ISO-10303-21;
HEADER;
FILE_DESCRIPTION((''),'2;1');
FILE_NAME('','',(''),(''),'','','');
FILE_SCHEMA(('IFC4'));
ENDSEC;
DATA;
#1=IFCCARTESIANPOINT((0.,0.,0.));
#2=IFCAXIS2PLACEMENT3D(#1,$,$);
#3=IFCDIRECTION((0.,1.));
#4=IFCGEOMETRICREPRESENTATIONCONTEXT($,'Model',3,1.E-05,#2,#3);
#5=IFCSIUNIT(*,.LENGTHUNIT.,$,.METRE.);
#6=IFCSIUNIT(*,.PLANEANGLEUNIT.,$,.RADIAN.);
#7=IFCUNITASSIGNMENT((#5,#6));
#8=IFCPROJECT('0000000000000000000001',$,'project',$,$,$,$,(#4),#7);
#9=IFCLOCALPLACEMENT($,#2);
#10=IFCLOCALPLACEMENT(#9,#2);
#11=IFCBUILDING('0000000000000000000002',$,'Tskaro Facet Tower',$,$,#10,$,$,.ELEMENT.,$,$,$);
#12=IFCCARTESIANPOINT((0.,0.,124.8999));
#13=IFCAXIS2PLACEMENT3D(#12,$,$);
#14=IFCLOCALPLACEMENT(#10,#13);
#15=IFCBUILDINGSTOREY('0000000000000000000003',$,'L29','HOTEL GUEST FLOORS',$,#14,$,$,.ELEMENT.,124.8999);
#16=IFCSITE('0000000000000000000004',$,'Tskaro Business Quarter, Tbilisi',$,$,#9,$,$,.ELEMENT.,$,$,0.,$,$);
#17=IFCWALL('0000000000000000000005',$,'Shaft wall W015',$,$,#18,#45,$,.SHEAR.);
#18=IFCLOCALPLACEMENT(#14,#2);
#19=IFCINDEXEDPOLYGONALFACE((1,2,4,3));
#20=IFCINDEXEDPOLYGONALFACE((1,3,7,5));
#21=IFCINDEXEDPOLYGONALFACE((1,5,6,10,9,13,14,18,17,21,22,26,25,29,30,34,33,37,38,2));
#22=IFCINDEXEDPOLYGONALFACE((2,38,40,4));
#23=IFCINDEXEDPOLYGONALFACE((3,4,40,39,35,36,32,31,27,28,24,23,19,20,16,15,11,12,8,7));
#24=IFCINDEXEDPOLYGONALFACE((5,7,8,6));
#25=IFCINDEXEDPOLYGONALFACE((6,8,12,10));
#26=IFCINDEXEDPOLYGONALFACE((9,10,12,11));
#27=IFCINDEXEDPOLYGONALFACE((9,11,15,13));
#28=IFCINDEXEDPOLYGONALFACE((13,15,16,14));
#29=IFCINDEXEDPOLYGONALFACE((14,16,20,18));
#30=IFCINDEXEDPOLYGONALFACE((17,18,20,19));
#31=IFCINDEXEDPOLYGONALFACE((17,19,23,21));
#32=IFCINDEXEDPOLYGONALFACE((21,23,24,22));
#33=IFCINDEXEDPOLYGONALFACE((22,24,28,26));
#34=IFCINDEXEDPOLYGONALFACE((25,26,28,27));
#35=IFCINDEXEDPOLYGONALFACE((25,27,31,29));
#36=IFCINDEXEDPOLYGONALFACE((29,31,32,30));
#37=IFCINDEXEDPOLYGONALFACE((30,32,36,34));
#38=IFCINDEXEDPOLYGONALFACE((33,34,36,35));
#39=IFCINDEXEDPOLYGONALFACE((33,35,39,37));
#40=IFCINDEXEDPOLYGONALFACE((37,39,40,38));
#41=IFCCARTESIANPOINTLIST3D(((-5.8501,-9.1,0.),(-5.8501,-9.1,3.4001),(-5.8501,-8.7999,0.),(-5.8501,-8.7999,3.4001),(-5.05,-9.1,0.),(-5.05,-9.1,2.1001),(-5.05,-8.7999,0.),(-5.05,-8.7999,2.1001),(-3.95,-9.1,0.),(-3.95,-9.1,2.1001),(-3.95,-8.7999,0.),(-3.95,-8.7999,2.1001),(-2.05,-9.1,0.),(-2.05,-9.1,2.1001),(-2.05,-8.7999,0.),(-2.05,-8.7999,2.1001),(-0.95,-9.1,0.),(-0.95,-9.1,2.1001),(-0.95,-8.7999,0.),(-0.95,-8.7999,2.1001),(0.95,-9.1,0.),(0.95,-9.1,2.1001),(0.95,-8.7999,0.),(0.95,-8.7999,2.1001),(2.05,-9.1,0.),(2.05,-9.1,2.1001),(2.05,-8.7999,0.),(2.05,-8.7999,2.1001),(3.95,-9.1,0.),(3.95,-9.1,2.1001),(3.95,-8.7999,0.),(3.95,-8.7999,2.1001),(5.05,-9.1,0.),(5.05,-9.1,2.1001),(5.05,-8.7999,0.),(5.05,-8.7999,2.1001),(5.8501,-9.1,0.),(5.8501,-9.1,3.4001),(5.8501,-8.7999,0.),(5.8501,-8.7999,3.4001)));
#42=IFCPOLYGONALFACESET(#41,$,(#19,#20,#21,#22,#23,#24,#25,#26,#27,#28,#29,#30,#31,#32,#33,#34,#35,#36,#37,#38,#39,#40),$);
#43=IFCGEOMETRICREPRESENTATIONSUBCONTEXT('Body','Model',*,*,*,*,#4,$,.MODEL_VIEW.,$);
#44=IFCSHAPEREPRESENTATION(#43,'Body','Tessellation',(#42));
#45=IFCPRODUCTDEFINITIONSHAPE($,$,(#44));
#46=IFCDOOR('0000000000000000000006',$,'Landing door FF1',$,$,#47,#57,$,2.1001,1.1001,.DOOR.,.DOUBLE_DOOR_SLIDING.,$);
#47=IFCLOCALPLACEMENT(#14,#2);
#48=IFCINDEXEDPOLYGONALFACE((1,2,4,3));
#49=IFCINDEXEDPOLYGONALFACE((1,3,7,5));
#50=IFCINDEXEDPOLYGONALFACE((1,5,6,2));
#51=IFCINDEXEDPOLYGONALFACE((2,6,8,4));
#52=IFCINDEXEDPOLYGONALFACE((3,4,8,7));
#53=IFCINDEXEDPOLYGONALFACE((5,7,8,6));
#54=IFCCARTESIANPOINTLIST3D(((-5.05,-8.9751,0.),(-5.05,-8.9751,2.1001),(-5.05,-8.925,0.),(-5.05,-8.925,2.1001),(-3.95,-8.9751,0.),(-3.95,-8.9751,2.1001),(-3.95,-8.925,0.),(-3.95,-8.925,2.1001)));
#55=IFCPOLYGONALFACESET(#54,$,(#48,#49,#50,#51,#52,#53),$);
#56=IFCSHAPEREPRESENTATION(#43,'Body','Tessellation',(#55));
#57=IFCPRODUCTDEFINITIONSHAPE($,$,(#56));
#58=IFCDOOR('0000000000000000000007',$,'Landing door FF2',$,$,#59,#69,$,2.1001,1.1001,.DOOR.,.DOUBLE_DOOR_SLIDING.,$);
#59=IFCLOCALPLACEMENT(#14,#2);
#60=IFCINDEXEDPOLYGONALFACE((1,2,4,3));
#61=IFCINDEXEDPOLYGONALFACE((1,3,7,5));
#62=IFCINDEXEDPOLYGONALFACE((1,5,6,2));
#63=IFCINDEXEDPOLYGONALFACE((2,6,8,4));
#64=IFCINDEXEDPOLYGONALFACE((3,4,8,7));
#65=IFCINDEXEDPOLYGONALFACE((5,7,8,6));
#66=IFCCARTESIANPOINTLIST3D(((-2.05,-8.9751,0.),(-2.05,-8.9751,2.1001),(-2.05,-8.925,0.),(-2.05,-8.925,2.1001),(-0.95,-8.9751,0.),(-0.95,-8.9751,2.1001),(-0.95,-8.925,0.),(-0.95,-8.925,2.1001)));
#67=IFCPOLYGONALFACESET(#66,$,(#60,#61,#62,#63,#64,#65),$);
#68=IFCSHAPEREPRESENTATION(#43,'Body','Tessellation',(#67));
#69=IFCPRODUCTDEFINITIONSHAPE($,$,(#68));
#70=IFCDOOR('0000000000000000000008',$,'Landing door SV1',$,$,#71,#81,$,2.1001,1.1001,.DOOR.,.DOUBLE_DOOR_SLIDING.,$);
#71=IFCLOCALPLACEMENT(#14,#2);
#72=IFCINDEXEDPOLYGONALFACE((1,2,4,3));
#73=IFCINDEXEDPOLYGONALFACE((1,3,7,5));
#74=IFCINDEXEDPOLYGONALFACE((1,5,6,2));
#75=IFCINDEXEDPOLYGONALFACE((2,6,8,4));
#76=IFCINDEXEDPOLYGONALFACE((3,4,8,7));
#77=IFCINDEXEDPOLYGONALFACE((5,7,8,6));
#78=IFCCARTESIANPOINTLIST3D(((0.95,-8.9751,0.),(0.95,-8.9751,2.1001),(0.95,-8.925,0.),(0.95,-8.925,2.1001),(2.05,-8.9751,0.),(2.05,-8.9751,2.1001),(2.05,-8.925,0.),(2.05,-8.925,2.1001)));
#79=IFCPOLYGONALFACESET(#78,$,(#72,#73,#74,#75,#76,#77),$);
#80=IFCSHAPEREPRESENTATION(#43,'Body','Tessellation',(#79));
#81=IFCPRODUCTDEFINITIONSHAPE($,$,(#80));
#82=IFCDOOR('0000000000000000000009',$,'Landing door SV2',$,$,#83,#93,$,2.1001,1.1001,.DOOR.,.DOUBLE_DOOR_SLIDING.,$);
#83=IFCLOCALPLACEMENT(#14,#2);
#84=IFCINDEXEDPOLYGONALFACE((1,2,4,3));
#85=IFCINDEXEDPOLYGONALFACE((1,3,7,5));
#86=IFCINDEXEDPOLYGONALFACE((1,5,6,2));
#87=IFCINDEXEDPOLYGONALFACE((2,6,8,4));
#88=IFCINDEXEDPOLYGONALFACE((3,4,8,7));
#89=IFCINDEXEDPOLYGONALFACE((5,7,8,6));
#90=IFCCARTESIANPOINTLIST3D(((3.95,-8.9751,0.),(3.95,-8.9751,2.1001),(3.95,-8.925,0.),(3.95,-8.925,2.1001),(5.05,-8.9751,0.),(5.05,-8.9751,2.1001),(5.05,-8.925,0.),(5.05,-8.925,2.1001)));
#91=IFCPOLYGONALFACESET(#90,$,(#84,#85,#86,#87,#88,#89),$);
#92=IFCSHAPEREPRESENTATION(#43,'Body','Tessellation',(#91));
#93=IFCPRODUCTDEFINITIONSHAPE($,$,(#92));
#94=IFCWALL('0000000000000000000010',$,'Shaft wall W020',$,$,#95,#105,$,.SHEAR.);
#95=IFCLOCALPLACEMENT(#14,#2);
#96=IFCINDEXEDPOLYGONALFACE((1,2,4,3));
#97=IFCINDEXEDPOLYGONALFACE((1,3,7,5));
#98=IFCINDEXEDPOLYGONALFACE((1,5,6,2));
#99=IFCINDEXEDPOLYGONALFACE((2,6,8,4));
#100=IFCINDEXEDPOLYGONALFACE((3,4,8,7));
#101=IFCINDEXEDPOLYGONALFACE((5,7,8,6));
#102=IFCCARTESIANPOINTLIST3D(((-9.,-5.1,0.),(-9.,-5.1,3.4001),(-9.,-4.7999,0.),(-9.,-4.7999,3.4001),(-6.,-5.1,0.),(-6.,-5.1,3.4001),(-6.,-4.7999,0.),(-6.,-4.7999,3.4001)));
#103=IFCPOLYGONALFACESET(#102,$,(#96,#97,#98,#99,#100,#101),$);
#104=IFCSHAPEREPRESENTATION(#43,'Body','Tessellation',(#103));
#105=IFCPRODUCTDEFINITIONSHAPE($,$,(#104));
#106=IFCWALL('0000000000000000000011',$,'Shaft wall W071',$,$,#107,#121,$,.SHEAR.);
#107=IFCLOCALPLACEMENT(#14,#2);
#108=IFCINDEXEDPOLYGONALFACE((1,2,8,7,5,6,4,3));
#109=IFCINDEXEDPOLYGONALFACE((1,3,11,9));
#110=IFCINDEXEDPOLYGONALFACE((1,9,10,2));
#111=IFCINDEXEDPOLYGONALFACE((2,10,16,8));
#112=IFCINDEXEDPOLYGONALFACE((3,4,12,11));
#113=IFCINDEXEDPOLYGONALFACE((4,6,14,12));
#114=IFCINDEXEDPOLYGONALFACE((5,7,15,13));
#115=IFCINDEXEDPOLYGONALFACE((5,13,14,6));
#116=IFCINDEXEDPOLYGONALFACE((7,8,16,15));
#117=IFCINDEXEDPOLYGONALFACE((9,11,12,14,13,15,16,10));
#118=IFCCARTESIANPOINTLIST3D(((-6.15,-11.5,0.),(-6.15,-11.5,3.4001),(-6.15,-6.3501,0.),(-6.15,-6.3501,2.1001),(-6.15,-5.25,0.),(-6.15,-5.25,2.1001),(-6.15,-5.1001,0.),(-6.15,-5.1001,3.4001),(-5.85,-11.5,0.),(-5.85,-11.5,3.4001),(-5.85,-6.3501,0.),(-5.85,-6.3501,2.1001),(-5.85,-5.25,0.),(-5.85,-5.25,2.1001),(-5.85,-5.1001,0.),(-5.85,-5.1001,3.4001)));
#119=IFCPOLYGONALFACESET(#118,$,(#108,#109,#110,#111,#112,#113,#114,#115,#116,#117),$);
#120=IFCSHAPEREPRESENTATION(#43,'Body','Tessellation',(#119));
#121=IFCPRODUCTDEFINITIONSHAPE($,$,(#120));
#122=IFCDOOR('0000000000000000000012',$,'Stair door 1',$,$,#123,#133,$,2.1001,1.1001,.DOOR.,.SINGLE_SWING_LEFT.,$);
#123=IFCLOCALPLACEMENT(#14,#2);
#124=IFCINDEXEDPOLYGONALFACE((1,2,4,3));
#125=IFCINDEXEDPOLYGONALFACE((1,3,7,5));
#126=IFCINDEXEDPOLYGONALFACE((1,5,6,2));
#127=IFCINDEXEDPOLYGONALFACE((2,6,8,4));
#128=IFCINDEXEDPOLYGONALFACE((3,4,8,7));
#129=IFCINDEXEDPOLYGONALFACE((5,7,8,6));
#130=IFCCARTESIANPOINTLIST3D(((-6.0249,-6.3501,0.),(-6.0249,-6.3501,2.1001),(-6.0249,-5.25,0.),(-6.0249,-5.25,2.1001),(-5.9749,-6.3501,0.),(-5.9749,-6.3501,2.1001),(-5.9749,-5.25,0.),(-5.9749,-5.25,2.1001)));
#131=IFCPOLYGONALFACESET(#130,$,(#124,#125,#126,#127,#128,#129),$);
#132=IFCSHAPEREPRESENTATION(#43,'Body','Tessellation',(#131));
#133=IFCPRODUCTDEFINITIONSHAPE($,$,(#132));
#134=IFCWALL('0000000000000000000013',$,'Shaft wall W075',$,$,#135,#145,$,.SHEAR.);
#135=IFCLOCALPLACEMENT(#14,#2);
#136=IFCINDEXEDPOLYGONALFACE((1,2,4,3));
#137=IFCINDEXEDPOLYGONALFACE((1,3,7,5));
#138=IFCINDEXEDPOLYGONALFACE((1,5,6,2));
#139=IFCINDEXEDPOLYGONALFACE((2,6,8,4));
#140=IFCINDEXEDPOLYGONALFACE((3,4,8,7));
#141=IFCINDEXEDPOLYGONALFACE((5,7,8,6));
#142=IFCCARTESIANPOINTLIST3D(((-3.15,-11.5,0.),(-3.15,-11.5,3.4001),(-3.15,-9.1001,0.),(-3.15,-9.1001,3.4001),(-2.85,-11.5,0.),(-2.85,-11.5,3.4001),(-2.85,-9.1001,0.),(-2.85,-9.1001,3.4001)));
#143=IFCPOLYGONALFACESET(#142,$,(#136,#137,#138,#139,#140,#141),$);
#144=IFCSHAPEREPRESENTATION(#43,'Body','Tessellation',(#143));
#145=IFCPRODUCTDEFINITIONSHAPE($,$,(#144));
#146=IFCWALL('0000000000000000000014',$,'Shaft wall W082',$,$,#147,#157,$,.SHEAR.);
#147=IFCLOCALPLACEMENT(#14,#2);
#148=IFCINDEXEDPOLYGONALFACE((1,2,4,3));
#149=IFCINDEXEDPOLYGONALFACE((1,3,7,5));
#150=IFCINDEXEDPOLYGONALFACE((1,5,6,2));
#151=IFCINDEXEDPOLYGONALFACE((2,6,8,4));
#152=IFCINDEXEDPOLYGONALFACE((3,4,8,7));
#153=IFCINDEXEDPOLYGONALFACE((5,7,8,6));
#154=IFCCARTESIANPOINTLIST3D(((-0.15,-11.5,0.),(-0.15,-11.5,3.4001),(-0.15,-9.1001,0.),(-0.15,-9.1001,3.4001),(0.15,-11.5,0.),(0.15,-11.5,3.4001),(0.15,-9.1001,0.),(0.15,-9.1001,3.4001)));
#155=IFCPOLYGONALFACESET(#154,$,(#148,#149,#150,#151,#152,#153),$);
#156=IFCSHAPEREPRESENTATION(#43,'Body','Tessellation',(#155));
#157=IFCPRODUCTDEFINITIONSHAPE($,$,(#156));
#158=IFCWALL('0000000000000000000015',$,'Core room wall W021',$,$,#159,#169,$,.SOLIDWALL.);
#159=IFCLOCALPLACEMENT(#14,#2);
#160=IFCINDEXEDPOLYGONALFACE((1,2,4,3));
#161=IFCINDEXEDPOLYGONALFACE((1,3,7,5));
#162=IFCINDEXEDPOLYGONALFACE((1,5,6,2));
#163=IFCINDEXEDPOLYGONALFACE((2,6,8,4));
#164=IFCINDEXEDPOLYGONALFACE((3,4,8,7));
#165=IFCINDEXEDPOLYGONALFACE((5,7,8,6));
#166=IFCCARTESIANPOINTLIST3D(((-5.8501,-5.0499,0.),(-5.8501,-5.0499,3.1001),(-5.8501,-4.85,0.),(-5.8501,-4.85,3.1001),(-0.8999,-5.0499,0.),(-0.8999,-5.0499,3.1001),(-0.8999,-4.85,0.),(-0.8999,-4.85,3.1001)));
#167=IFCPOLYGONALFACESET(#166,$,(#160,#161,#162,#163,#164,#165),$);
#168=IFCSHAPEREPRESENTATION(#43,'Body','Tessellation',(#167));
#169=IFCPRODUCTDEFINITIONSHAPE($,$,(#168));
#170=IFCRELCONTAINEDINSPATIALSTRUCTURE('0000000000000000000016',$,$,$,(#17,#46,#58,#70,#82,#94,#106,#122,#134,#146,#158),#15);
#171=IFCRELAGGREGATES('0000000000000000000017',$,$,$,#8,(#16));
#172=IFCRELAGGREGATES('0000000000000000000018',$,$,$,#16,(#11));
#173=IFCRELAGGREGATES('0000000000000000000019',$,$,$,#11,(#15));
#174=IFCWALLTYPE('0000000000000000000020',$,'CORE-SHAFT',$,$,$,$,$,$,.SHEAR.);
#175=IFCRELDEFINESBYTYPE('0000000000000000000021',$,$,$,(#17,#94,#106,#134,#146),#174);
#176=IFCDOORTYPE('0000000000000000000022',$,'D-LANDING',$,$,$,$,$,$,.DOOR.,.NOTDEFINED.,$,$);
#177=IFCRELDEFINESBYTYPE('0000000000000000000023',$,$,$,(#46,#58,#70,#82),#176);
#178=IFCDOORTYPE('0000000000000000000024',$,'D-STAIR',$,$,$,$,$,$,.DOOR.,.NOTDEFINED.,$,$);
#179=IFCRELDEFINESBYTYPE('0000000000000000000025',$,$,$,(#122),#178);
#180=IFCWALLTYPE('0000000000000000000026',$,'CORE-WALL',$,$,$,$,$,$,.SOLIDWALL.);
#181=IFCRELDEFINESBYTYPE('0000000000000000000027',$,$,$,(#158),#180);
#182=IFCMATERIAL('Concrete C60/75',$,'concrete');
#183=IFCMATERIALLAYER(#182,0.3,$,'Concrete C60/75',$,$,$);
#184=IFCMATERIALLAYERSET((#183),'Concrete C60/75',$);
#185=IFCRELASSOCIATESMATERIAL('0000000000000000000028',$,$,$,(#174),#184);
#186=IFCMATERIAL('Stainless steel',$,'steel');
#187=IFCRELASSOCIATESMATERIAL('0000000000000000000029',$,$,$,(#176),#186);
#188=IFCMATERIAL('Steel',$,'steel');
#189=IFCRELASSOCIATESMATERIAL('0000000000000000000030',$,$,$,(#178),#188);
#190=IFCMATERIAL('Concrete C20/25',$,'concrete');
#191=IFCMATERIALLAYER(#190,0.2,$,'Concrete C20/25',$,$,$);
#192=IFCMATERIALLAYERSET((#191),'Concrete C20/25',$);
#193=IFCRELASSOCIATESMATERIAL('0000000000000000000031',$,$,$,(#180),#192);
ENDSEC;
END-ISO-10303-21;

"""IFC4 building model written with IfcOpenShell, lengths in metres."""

from ifc_helpers import new_model, si_unit, direction, frame, frame_2d, origin, place, context, subcontext, project, spatial, rectangle, extrude, material, layer, layer_set, type_object, element, fill, save


model = new_model("IFC4")

# Units and contexts
model_context = context("Model", 3, precision=1e-05, world=origin(), true_north=direction((0.0, 1.0)))
body_context = subcontext(model_context, "Body", "Model", "MODEL_VIEW")
ifc_project = project(units=[si_unit("LENGTHUNIT", "METRE"), si_unit("PLANEANGLEUNIT", "RADIAN")], contexts=[model_context])

# Site, building, storey
site_placement = place(None, origin())
site = spatial("IfcSite", under=ifc_project, at=site_placement, Name="Tskaro Business Quarter, Tbilisi", CompositionType="ELEMENT", RefElevation=0.0)
building_placement = place(site_placement, origin())
building = spatial("IfcBuilding", under=site, at=building_placement, Name="Tskaro Facet Tower", CompositionType="ELEMENT")
storey_placement = place(building_placement, frame((0.0, 0.0, 124.8999)))
storey = spatial("IfcBuildingStorey", under=building, at=storey_placement, Name="L29", Description="HOTEL GUEST FLOORS", CompositionType="ELEMENT", Elevation=124.8999)

# Shared definitions
ifc_material_1 = material(Name="Concrete C60/75", Category="concrete")

# Wall, openings, doors
ifc_layer_1 = layer(ifc_material_1, 0.3, Name="Concrete C60/75")
ifc_layer_set_1 = layer_set([ifc_layer_1], Name="Concrete C60/75")
wall_type_1 = type_object("IfcWallType", Name="CORE-SHAFT", PredefinedType="SHEAR", material=ifc_layer_set_1)
wall_1_placement = place(storey_placement, frame((-5.8501, -8.95, 0.0), z_axis=(0.0, 0.0, 1.0), x_axis=(1.0, 0.0, 0.0)))
wall_1 = element("IfcWall", 1, at=wall_1_placement, inside=storey, type_object=wall_type_1, Name="Shaft wall W015", PredefinedType="SHEAR", context=body_context, shape_type="SweptSolid", body=[
    extrude(rectangle(XDim=11.7002, YDim=0.3, at=frame_2d((5.8501, 0.0))), origin(), (0.0, 0.0, 1.0), 3.4001),
])
opening_1_placement = place(wall_1_placement, frame((0.8, 0.0, 0.0)))
opening_1 = element("IfcOpeningElement", 2, at=opening_1_placement, cuts=wall_1, PredefinedType="OPENING", context=body_context, shape_type="SweptSolid", body=[
    extrude(rectangle(XDim=1.1001, YDim=2.1001, at=frame_2d((0.55, 1.05))), frame((0.0, 0.1599, 0.0), z_axis=(0.0, -1.0, 0.0), x_axis=(1.0, 0.0, 0.0)), (0.0, 0.0, 1.0), 0.3201),
])
opening_2_placement = place(wall_1_placement, frame((3.8, 0.0, 0.0)))
opening_2 = element("IfcOpeningElement", 3, at=opening_2_placement, cuts=wall_1, PredefinedType="OPENING", context=body_context, shape_type="SweptSolid", body=[
    extrude(rectangle(XDim=1.1001, YDim=2.1001, at=frame_2d((0.55, 1.05))), frame((0.0, 0.1599, 0.0), z_axis=(0.0, -1.0, 0.0), x_axis=(1.0, 0.0, 0.0)), (0.0, 0.0, 1.0), 0.3201),
])
opening_3_placement = place(wall_1_placement, frame((6.8, 0.0, 0.0)))
opening_3 = element("IfcOpeningElement", 4, at=opening_3_placement, cuts=wall_1, PredefinedType="OPENING", context=body_context, shape_type="SweptSolid", body=[
    extrude(rectangle(XDim=1.1001, YDim=2.1001, at=frame_2d((0.55, 1.05))), frame((0.0, 0.1599, 0.0), z_axis=(0.0, -1.0, 0.0), x_axis=(1.0, 0.0, 0.0)), (0.0, 0.0, 1.0), 0.3201),
])
opening_4_placement = place(wall_1_placement, frame((9.8, 0.0, 0.0)))
opening_4 = element("IfcOpeningElement", 5, at=opening_4_placement, cuts=wall_1, PredefinedType="OPENING", context=body_context, shape_type="SweptSolid", body=[
    extrude(rectangle(XDim=1.1001, YDim=2.1001, at=frame_2d((0.55, 1.05))), frame((0.0, 0.1599, 0.0), z_axis=(0.0, -1.0, 0.0), x_axis=(1.0, 0.0, 0.0)), (0.0, 0.0, 1.0), 0.3201),
])
ifc_material_2 = material(Name="Stainless steel", Category="steel")
door_type_1 = type_object("IfcDoorType", Name="D-LANDING", OperationType="NOTDEFINED", PredefinedType="DOOR", material=ifc_material_2)
door_1_placement = place(opening_1_placement, origin())
door_1 = element("IfcDoor", 6, at=door_1_placement, inside=storey, type_object=door_type_1, Name="Landing door FF1", OperationType="DOUBLE_DOOR_SLIDING", OverallHeight=2.1001, OverallWidth=1.1001, PredefinedType="DOOR", context=body_context, shape_type="SweptSolid", body=[
    extrude(rectangle(XDim=1.1001, YDim=2.1001, at=frame_2d((0.55, 1.05))), frame((0.0, 0.0249, 0.0), z_axis=(0.0, -1.0, 0.0), x_axis=(1.0, 0.0, 0.0)), (0.0, 0.0, 1.0), 0.05),
])
fill(opening_1, door_1)
door_2_placement = place(opening_2_placement, origin())
door_2 = element("IfcDoor", 7, at=door_2_placement, inside=storey, type_object=door_type_1, Name="Landing door FF2", OperationType="DOUBLE_DOOR_SLIDING", OverallHeight=2.1001, OverallWidth=1.1001, PredefinedType="DOOR", context=body_context, shape_type="SweptSolid", body=[
    extrude(rectangle(XDim=1.1001, YDim=2.1001, at=frame_2d((0.55, 1.05))), frame((0.0, 0.0249, 0.0), z_axis=(0.0, -1.0, 0.0), x_axis=(1.0, 0.0, 0.0)), (0.0, 0.0, 1.0), 0.05),
])
fill(opening_2, door_2)
door_3_placement = place(opening_3_placement, origin())
door_3 = element("IfcDoor", 8, at=door_3_placement, inside=storey, type_object=door_type_1, Name="Landing door SV1", OperationType="DOUBLE_DOOR_SLIDING", OverallHeight=2.1001, OverallWidth=1.1001, PredefinedType="DOOR", context=body_context, shape_type="SweptSolid", body=[
    extrude(rectangle(XDim=1.1001, YDim=2.1001, at=frame_2d((0.55, 1.05))), frame((0.0, 0.0249, 0.0), z_axis=(0.0, -1.0, 0.0), x_axis=(1.0, 0.0, 0.0)), (0.0, 0.0, 1.0), 0.05),
])
fill(opening_3, door_3)
door_4_placement = place(opening_4_placement, origin())
door_4 = element("IfcDoor", 9, at=door_4_placement, inside=storey, type_object=door_type_1, Name="Landing door SV2", OperationType="DOUBLE_DOOR_SLIDING", OverallHeight=2.1001, OverallWidth=1.1001, PredefinedType="DOOR", context=body_context, shape_type="SweptSolid", body=[
    extrude(rectangle(XDim=1.1001, YDim=2.1001, at=frame_2d((0.55, 1.05))), frame((0.0, 0.0249, 0.0), z_axis=(0.0, -1.0, 0.0), x_axis=(1.0, 0.0, 0.0)), (0.0, 0.0, 1.0), 0.05),
])
fill(opening_4, door_4)

# Wall
wall_2_placement = place(storey_placement, frame((-9.0, -4.95, 0.0), z_axis=(0.0, 0.0, 1.0), x_axis=(1.0, 0.0, 0.0)))
element("IfcWall", 10, at=wall_2_placement, inside=storey, type_object=wall_type_1, Name="Shaft wall W020", PredefinedType="SHEAR", context=body_context, shape_type="SweptSolid", body=[
    extrude(rectangle(XDim=3.0, YDim=0.3, at=frame_2d((1.5, 0.0))), origin(), (0.0, 0.0, 1.0), 3.4001),
])

# Wall, opening, door
wall_3_placement = place(storey_placement, frame((-6.0, -11.5, 0.0), z_axis=(0.0, 0.0, 1.0), x_axis=(0.0, 1.0, 0.0)))
wall_3 = element("IfcWall", 11, at=wall_3_placement, inside=storey, type_object=wall_type_1, Name="Shaft wall W071", PredefinedType="SHEAR", context=body_context, shape_type="SweptSolid", body=[
    extrude(rectangle(XDim=6.3999, YDim=0.3, at=frame_2d((3.2, 0.0))), origin(), (0.0, 0.0, 1.0), 3.4001),
])
opening_5_placement = place(wall_3_placement, frame((5.1499, 0.0, 0.0)))
opening_5 = element("IfcOpeningElement", 12, at=opening_5_placement, cuts=wall_3, PredefinedType="OPENING", context=body_context, shape_type="SweptSolid", body=[
    extrude(rectangle(XDim=1.1001, YDim=2.1001, at=frame_2d((0.55, 1.05))), frame((0.0, 0.1599, 0.0), z_axis=(0.0, -1.0, 0.0), x_axis=(1.0, 0.0, 0.0)), (0.0, 0.0, 1.0), 0.3201),
])
ifc_material_3 = material(Name="Steel", Category="steel")
door_type_2 = type_object("IfcDoorType", Name="D-STAIR", OperationType="NOTDEFINED", PredefinedType="DOOR", material=ifc_material_3)
door_5_placement = place(opening_5_placement, origin())
door_5 = element("IfcDoor", 13, at=door_5_placement, inside=storey, type_object=door_type_2, Name="Stair door 1", OperationType="SINGLE_SWING_LEFT", OverallHeight=2.1001, OverallWidth=1.1001, PredefinedType="DOOR", context=body_context, shape_type="SweptSolid", body=[
    extrude(rectangle(XDim=1.1001, YDim=2.1001, at=frame_2d((0.55, 1.05))), frame((0.0, 0.0249, 0.0), z_axis=(0.0, -1.0, 0.0), x_axis=(1.0, 0.0, 0.0)), (0.0, 0.0, 1.0), 0.05),
])
fill(opening_5, door_5)

# Walls
for number, where, z_axis, x_axis, name in (
    (14, (-3.0, -11.5, 0.0), (0.0, 0.0, 1.0), (0.0, 1.0, 0.0), "Shaft wall W075"),
    (15, (0.0, -11.5, 0.0), (0.0, 0.0, 1.0), (0.0, 1.0, 0.0), "Shaft wall W082"),
):
    element("IfcWall", number, at=place(storey_placement, frame(where, z_axis=z_axis, x_axis=x_axis)), inside=storey, type_object=wall_type_1, Name=name, PredefinedType="SHEAR", context=body_context, shape_type="SweptSolid", body=[
        extrude(rectangle(XDim=2.3999, YDim=0.3, at=frame_2d((1.2, 0.0))), origin(), (0.0, 0.0, 1.0), 3.4001),
    ])
ifc_material_4 = material(Name="Concrete C20/25", Category="concrete")
ifc_layer_2 = layer(ifc_material_4, 0.2, Name="Concrete C20/25")
ifc_layer_set_2 = layer_set([ifc_layer_2], Name="Concrete C20/25")
wall_type_2 = type_object("IfcWallType", Name="CORE-WALL", PredefinedType="SOLIDWALL", material=ifc_layer_set_2)
wall_4_placement = place(storey_placement, frame((-5.8501, -4.95, 0.0), z_axis=(0.0, 0.0, 1.0), x_axis=(1.0, 0.0, 0.0)))
element("IfcWall", 16, at=wall_4_placement, inside=storey, type_object=wall_type_2, Name="Core room wall W021", PredefinedType="SOLIDWALL", context=body_context, shape_type="SweptSolid", body=[
    extrude(rectangle(XDim=4.9502, YDim=0.2, at=frame_2d((2.4751, 0.0))), origin(), (0.0, 0.0, 1.0), 3.1001),
])

save(model, "model.ifc")
